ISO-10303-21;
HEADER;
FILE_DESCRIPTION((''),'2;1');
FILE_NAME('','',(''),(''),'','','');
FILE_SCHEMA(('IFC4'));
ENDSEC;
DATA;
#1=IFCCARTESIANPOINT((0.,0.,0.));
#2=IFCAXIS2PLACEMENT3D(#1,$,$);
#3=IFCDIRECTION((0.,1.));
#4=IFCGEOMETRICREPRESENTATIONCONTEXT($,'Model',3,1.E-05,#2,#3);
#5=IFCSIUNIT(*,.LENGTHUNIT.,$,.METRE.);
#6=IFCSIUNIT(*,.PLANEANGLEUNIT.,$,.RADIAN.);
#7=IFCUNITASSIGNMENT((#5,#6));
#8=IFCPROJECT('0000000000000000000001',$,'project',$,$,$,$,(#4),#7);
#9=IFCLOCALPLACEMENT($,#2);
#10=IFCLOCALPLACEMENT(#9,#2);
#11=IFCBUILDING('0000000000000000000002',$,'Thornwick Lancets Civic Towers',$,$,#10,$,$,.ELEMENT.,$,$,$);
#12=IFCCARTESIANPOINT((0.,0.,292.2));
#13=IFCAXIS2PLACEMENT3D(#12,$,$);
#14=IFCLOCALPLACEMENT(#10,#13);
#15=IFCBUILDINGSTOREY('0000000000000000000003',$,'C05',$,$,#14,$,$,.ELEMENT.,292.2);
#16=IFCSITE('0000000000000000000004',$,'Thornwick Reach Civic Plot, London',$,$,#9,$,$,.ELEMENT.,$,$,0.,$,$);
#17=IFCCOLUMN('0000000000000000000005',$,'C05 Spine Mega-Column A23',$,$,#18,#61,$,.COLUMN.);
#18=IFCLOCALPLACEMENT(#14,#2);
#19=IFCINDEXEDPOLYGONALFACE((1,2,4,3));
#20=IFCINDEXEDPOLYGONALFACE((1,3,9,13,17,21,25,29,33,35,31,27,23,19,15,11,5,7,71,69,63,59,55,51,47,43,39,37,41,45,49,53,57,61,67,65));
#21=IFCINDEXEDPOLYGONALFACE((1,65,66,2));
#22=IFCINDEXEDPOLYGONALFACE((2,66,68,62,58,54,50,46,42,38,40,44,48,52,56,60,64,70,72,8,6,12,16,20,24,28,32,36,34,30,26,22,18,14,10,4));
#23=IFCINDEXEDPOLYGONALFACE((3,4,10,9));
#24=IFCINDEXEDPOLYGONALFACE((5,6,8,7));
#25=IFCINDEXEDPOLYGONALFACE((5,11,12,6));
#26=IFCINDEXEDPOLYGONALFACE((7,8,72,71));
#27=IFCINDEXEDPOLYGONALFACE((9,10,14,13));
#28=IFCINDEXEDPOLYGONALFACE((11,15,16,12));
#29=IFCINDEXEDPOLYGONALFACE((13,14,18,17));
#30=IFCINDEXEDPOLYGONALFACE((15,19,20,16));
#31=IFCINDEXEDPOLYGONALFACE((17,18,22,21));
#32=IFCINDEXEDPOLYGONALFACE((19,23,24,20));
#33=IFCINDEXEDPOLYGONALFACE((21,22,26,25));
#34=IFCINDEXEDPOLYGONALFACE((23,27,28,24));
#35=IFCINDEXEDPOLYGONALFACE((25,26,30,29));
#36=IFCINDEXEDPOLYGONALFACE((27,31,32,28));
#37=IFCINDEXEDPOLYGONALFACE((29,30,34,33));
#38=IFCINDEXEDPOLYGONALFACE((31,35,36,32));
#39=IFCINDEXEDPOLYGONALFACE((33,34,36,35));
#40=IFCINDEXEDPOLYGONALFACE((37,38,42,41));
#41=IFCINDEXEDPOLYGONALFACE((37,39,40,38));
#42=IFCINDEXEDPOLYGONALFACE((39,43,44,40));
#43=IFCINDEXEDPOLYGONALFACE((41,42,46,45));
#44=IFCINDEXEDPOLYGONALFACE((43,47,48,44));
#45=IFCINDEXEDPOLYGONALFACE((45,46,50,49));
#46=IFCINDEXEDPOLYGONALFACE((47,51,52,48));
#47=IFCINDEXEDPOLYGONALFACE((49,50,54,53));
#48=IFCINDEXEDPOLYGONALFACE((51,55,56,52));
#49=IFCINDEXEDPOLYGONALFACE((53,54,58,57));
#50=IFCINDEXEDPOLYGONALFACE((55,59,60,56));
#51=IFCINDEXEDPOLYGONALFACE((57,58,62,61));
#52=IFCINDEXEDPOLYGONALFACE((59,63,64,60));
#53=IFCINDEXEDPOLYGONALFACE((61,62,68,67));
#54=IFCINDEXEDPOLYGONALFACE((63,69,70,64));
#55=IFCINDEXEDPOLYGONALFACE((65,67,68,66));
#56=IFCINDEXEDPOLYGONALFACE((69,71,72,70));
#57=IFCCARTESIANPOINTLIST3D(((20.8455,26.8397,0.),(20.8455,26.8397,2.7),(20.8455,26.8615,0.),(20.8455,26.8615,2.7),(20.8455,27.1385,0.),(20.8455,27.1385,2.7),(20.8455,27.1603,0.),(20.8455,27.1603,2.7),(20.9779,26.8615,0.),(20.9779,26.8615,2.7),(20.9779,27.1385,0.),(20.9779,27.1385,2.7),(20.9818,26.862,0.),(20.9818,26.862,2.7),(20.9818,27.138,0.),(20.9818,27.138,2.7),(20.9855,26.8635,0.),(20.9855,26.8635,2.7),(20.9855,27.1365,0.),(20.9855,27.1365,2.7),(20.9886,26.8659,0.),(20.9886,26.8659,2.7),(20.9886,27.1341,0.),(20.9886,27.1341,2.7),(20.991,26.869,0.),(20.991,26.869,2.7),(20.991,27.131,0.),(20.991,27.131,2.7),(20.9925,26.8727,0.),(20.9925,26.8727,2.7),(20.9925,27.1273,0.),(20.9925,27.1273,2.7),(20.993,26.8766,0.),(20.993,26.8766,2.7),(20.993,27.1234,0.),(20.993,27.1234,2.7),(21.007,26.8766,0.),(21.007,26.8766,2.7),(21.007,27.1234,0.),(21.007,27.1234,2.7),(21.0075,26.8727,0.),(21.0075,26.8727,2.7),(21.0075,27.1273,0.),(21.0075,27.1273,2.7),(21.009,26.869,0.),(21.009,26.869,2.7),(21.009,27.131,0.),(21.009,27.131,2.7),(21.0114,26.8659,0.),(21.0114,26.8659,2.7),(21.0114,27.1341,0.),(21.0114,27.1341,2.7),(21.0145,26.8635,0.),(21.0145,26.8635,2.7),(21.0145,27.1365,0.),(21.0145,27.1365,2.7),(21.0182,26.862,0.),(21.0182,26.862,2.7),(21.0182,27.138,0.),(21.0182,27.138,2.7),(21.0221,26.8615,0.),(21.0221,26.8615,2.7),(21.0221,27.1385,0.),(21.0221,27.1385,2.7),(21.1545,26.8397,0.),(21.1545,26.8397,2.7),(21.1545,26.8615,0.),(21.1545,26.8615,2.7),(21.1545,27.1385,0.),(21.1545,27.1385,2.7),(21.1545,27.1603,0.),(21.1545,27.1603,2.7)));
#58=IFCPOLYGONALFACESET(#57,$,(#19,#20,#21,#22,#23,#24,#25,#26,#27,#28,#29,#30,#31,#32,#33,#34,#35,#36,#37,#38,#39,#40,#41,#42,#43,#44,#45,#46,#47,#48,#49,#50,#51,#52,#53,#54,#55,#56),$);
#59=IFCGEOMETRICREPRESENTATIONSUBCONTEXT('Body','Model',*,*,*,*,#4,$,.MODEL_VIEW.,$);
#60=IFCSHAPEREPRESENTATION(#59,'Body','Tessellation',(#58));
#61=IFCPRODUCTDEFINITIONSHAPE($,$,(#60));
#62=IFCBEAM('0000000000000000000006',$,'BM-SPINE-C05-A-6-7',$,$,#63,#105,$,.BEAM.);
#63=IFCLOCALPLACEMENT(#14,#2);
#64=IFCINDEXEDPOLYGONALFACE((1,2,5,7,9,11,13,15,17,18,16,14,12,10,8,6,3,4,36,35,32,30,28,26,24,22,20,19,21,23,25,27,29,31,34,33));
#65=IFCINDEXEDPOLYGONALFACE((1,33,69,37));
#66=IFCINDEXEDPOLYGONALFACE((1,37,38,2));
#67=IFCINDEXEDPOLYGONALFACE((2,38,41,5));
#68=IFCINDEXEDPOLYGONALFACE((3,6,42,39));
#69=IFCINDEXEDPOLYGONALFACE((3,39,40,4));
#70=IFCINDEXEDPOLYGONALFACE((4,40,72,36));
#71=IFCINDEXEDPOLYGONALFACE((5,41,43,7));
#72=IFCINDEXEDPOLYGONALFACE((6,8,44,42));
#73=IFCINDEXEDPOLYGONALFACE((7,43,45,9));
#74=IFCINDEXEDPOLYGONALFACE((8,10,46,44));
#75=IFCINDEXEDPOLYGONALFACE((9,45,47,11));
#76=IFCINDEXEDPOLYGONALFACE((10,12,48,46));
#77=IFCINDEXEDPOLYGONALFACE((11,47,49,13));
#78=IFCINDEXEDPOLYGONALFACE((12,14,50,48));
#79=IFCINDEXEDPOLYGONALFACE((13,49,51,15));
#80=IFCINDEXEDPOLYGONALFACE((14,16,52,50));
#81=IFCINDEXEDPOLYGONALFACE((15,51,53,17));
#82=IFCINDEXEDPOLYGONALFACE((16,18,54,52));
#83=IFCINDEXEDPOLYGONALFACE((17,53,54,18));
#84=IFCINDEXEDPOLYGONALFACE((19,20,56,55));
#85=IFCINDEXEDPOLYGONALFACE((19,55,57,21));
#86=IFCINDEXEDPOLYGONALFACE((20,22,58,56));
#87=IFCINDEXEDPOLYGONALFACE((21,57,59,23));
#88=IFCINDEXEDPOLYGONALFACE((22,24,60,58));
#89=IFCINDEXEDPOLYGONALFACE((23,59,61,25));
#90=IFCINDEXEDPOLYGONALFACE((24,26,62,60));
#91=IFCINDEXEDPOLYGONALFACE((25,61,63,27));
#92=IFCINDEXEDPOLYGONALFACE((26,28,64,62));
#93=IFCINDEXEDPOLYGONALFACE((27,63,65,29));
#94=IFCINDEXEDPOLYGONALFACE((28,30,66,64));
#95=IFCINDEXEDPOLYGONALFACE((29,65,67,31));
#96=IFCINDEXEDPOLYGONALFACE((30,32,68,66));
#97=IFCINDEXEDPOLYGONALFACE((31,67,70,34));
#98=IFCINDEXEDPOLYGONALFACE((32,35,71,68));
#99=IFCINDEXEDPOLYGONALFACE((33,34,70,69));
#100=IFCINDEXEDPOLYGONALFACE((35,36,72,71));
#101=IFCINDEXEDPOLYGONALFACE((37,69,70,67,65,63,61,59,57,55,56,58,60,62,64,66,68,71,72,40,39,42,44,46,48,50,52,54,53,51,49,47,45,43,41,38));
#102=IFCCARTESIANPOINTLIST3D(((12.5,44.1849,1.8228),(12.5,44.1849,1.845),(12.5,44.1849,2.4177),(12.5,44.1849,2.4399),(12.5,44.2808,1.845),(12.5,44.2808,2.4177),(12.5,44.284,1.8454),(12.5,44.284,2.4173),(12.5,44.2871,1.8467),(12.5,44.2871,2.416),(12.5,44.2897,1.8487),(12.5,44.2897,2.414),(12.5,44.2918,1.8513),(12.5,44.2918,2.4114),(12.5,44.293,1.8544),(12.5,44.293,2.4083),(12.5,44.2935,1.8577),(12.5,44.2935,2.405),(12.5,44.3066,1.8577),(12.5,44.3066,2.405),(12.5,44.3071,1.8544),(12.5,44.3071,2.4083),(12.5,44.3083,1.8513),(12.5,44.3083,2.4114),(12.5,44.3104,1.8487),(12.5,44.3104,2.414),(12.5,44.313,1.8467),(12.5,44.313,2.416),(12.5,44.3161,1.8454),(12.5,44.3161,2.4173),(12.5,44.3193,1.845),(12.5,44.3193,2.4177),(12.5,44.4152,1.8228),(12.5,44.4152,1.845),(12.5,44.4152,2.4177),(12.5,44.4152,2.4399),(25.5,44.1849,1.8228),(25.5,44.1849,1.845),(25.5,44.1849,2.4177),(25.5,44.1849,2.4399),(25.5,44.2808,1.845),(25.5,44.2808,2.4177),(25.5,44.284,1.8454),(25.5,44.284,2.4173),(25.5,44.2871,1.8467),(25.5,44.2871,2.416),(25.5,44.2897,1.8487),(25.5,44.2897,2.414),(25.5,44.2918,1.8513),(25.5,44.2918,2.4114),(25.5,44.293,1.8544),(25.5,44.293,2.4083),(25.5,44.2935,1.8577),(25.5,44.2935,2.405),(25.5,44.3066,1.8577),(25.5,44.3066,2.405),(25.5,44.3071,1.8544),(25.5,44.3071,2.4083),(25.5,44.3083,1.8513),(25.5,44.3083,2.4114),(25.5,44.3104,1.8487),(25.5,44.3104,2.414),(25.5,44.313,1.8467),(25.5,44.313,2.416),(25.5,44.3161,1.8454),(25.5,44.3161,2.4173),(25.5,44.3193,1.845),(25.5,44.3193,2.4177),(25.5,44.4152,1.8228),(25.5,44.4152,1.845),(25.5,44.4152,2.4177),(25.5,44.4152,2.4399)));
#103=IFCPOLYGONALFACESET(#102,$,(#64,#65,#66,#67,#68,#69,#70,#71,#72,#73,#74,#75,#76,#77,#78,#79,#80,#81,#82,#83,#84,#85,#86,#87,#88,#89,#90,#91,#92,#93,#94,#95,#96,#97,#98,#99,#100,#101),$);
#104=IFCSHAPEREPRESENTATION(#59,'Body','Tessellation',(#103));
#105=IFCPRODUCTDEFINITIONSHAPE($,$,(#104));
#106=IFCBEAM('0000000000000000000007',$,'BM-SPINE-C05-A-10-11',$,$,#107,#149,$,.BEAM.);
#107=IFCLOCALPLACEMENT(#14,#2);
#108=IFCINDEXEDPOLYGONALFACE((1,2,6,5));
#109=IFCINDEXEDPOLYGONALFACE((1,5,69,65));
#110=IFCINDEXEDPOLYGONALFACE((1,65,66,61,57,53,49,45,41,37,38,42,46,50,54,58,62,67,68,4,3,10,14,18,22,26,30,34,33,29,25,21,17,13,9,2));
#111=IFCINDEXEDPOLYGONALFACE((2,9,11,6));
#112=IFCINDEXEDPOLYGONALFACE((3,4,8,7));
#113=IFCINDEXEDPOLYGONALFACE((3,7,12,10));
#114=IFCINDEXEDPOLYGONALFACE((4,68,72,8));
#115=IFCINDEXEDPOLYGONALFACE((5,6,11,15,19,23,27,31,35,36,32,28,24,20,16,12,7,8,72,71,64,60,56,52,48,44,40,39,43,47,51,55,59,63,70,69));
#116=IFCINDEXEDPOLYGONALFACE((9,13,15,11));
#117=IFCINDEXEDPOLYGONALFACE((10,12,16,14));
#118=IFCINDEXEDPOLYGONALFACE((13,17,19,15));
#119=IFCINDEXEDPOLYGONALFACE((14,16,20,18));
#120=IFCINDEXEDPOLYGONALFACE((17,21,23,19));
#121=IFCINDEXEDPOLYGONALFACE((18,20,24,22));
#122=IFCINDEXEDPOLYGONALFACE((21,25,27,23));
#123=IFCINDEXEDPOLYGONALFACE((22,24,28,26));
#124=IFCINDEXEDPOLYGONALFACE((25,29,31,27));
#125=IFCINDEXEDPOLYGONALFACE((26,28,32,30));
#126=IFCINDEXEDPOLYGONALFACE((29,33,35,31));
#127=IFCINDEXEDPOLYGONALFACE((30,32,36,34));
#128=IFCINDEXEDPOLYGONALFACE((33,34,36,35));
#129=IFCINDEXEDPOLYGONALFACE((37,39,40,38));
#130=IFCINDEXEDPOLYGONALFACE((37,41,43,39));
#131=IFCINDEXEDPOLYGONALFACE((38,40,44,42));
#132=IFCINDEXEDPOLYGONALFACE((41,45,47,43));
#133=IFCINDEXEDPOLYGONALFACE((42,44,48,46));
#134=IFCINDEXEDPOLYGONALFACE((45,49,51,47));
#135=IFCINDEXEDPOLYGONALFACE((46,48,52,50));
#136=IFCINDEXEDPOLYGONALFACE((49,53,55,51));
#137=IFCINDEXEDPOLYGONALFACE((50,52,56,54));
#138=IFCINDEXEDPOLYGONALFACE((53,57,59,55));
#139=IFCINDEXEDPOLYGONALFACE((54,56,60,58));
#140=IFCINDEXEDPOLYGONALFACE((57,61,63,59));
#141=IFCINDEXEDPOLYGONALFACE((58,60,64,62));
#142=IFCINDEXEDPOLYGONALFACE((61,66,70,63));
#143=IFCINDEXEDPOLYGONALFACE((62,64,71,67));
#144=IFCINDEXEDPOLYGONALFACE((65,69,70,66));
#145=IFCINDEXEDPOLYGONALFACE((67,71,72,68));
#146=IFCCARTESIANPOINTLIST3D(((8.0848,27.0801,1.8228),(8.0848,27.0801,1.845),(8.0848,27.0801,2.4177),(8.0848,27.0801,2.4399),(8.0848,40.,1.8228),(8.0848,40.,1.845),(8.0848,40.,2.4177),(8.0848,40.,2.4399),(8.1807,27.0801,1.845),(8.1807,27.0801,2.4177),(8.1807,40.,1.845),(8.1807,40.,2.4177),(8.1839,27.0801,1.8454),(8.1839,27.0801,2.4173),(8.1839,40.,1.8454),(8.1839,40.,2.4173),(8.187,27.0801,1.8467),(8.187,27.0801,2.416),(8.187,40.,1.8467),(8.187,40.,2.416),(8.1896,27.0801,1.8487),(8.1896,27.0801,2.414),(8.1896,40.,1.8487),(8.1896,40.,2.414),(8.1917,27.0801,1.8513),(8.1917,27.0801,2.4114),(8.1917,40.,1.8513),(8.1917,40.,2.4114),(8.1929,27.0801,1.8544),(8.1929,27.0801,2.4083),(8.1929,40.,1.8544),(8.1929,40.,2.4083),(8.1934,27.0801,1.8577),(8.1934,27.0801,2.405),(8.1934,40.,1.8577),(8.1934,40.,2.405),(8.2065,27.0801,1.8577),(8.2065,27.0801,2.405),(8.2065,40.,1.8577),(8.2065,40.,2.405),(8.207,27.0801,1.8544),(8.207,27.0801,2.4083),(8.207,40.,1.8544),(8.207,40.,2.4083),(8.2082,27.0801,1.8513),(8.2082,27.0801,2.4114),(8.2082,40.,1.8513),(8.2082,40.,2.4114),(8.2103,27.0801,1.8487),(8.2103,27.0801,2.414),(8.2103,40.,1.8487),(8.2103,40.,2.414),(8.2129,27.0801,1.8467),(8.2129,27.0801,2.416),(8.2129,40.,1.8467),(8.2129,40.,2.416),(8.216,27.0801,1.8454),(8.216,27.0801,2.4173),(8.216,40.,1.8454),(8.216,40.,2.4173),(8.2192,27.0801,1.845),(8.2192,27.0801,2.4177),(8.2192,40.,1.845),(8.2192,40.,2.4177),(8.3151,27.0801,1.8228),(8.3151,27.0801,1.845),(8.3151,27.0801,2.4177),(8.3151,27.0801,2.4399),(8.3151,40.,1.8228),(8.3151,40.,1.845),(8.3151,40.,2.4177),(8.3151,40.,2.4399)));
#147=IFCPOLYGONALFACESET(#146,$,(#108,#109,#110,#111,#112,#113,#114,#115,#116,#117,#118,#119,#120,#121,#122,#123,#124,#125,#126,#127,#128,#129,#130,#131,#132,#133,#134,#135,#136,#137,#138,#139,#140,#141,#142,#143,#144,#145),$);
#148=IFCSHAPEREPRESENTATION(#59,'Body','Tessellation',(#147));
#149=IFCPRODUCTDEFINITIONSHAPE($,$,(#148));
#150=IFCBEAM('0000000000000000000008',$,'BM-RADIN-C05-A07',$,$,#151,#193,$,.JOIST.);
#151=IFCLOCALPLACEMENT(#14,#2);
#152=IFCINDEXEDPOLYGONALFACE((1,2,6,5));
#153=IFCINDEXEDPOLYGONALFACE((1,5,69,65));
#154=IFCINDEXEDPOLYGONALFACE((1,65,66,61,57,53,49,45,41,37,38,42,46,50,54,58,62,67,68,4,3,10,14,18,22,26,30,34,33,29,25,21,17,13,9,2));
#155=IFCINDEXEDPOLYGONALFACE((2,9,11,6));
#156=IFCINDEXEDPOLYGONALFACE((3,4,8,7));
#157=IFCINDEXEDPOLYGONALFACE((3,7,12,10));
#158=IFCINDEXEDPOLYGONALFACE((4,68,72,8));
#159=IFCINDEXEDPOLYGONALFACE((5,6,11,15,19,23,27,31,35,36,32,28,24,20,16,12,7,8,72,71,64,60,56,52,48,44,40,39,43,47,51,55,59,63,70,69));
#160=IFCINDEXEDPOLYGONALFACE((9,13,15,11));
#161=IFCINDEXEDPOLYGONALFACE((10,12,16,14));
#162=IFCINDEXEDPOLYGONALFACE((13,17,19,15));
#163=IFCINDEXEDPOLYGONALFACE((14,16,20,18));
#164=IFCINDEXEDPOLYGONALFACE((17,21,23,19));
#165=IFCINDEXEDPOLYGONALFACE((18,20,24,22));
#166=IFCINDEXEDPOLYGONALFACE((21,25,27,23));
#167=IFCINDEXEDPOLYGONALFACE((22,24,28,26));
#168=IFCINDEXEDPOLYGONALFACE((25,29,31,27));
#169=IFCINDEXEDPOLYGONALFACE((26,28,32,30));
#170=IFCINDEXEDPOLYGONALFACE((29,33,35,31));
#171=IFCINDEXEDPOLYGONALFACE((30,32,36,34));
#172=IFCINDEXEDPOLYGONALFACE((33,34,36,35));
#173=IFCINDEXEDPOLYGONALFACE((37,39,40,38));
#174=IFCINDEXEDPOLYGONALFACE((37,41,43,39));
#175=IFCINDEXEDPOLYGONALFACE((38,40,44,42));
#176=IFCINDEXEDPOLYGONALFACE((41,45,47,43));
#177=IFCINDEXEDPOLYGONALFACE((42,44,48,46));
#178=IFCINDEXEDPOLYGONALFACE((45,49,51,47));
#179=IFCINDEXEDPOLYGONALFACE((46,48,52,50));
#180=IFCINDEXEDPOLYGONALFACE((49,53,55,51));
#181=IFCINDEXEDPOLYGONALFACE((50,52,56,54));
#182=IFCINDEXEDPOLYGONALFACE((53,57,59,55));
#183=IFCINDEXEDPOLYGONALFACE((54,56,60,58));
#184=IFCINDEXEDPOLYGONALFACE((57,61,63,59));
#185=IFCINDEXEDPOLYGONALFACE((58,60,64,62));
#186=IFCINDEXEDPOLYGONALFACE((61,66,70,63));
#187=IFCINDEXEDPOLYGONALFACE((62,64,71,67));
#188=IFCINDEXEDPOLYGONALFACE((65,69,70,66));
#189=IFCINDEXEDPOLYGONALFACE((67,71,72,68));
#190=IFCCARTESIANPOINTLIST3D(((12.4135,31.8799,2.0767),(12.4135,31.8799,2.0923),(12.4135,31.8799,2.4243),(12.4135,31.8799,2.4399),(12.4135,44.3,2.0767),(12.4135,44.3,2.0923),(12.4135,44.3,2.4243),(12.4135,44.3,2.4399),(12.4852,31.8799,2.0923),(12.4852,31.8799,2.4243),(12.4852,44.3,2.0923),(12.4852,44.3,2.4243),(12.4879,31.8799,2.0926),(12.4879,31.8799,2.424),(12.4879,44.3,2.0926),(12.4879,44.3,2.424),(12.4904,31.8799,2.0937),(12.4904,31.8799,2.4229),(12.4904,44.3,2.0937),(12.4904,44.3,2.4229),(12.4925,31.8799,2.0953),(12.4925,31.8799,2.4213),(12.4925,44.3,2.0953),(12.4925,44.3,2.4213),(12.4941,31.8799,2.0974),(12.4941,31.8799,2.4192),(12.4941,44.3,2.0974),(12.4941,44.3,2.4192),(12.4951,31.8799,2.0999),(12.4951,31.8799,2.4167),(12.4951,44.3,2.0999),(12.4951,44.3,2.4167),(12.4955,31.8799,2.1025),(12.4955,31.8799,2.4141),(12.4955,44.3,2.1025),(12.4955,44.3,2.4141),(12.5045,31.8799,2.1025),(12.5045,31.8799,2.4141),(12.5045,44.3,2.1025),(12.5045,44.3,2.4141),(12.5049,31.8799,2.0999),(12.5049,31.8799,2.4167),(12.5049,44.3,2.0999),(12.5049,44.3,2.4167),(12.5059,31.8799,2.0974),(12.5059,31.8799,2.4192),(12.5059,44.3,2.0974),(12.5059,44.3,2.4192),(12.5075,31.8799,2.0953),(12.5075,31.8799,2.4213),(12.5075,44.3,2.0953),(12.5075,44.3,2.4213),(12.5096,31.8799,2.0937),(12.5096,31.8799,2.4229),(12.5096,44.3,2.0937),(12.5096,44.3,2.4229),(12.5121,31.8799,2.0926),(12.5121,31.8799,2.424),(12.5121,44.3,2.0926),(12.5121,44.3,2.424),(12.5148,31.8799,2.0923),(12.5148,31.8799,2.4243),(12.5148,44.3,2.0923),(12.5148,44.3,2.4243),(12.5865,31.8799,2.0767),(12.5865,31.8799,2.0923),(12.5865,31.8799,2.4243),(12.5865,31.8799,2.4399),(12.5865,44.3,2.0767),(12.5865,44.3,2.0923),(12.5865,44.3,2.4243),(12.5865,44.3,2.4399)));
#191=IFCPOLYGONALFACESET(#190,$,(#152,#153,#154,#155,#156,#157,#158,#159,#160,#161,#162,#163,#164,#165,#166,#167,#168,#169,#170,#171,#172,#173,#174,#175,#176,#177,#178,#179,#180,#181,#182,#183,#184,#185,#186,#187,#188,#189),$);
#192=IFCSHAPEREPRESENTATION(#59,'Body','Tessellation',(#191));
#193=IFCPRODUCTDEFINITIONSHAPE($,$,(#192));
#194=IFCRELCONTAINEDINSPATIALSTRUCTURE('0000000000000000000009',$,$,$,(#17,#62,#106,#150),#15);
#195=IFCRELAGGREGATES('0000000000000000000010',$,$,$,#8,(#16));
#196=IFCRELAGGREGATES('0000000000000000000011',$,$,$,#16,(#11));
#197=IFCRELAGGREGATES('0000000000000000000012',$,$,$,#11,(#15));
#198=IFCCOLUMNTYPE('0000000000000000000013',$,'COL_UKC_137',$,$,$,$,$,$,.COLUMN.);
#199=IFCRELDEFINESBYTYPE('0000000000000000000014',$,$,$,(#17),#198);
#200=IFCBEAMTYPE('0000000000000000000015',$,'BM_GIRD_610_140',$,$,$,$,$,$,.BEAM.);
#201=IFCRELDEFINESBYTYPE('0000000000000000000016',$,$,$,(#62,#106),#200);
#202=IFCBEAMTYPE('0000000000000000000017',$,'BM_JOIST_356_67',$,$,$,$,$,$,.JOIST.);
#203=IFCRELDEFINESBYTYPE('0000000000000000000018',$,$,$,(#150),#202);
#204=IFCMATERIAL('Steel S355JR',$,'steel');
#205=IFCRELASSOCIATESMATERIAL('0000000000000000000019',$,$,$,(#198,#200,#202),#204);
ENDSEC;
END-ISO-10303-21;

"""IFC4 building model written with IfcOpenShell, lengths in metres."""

from ifc_helpers import new_model, si_unit, direction, frame, origin, origin_2d, place, context, subcontext, project, spatial, i_section, extrude, material, material_profile, profile_set, type_object, element, save


model = new_model("IFC4")

# Units and contexts
model_context = context("Model", 3, precision=1e-05, world=origin(), true_north=direction((0.0, 1.0)))
body_context = subcontext(model_context, "Body", "Model", "MODEL_VIEW")
ifc_project = project(units=[si_unit("LENGTHUNIT", "METRE"), si_unit("PLANEANGLEUNIT", "RADIAN")], contexts=[model_context])

# Site, building, storey
site_placement = place(None, origin())
site = spatial("IfcSite", under=ifc_project, at=site_placement, Name="Thornwick Reach Civic Plot, London", CompositionType="ELEMENT", RefElevation=0.0)
building_placement = place(site_placement, origin())
building = spatial("IfcBuilding", under=site, at=building_placement, Name="Thornwick Lancets Civic Towers", CompositionType="ELEMENT")
storey_placement = place(building_placement, frame((0.0, 0.0, 292.2)))
storey = spatial("IfcBuildingStorey", under=building, at=storey_placement, Name="C05", CompositionType="ELEMENT", Elevation=292.2)

# Column
ifc_material_1 = material(Name="Steel S355JR", Category="steel")
ifc_material_profile_1 = material_profile(ifc_material_1, i_section(OverallWidth=0.3091, OverallDepth=0.3206, WebThickness=0.0139, FlangeThickness=0.0217, FilletRadius=0.0151, at=origin_2d()), Name="UKC 305x305x137")
ifc_profile_set_1 = profile_set([ifc_material_profile_1], Name="Steel S355JR")
column_type = type_object("IfcColumnType", Name="COL_UKC_137", PredefinedType="COLUMN", material=ifc_profile_set_1)
for number, where, z_axis, x_axis, name in (
    (1, (21.0, 27.0, 0.0), (0.0, 0.0, 1.0), (1.0, 0.0, 0.0), "C05 Spine Mega-Column A23"),
):
    element("IfcColumn", number, at=place(storey_placement, frame(where, z_axis=z_axis, x_axis=x_axis)), inside=storey, type_object=column_type, Name=name, PredefinedType="COLUMN", context=body_context, shape_type="SweptSolid", body=[
        extrude(i_section(OverallWidth=0.3091, OverallDepth=0.3206, WebThickness=0.0139, FlangeThickness=0.0217, FilletRadius=0.0151, at=origin_2d()), origin(), (0.0, 0.0, 1.0), 2.7),
    ])

# Beams
ifc_material_profile_2 = material_profile(ifc_material_1, i_section(OverallWidth=0.2302, OverallDepth=0.6172, WebThickness=0.0132, FlangeThickness=0.0222, FilletRadius=0.0127, at=origin_2d()), Name="UKB 610x229x140")
ifc_profile_set_2 = profile_set([ifc_material_profile_2], Name="Steel S355JR")
beam_type_1 = type_object("IfcBeamType", Name="BM_GIRD_610_140", PredefinedType="BEAM", material=ifc_profile_set_2)
beam_1_placement = place(storey_placement, frame((12.5, 44.3, 2.1313), z_axis=(1.0, 0.0, 0.0), x_axis=(0.0, 1.0, 0.0)))
element("IfcBeam", 2, at=beam_1_placement, inside=storey, type_object=beam_type_1, Name="BM-SPINE-C05-A-6-7", PredefinedType="BEAM", context=body_context, shape_type="SweptSolid", body=[
    extrude(i_section(OverallWidth=0.2302, OverallDepth=0.6172, WebThickness=0.0132, FlangeThickness=0.0222, FilletRadius=0.0127, at=origin_2d()), origin(), (0.0, 0.0, 1.0), 13.0),
])
beam_2_placement = place(storey_placement, frame((8.2, 27.0801, 2.1313), z_axis=(0.0, 1.0, 0.0), x_axis=(-1.0, 0.0, 0.0)))
element("IfcBeam", 3, at=beam_2_placement, inside=storey, type_object=beam_type_1, Name="BM-SPINE-C05-A-10-11", PredefinedType="BEAM", context=body_context, shape_type="SweptSolid", body=[
    extrude(i_section(OverallWidth=0.2302, OverallDepth=0.6172, WebThickness=0.0132, FlangeThickness=0.0222, FilletRadius=0.0127, at=origin_2d()), origin(), (0.0, 0.0, 1.0), 12.9199),
])
ifc_material_profile_3 = material_profile(ifc_material_1, i_section(OverallWidth=0.1731, OverallDepth=0.3633, WebThickness=0.009, FlangeThickness=0.0156, FilletRadius=0.0103, at=origin_2d()), Name="UKB 356x171x67")
ifc_profile_set_3 = profile_set([ifc_material_profile_3], Name="Steel S355JR")
beam_type_2 = type_object("IfcBeamType", Name="BM_JOIST_356_67", PredefinedType="JOIST", material=ifc_profile_set_3)
beam_3_placement = place(storey_placement, frame((12.5, 31.8799, 2.2583), z_axis=(0.0, 1.0, 0.0), x_axis=(-1.0, 0.0, 0.0)))
element("IfcBeam", 4, at=beam_3_placement, inside=storey, type_object=beam_type_2, Name="BM-RADIN-C05-A07", PredefinedType="JOIST", context=body_context, shape_type="SweptSolid", body=[
    extrude(i_section(OverallWidth=0.1731, OverallDepth=0.3633, WebThickness=0.009, FlangeThickness=0.0156, FilletRadius=0.0103, at=origin_2d()), origin(), (0.0, 0.0, 1.0), 12.4202),
])

save(model, "model.ifc")
